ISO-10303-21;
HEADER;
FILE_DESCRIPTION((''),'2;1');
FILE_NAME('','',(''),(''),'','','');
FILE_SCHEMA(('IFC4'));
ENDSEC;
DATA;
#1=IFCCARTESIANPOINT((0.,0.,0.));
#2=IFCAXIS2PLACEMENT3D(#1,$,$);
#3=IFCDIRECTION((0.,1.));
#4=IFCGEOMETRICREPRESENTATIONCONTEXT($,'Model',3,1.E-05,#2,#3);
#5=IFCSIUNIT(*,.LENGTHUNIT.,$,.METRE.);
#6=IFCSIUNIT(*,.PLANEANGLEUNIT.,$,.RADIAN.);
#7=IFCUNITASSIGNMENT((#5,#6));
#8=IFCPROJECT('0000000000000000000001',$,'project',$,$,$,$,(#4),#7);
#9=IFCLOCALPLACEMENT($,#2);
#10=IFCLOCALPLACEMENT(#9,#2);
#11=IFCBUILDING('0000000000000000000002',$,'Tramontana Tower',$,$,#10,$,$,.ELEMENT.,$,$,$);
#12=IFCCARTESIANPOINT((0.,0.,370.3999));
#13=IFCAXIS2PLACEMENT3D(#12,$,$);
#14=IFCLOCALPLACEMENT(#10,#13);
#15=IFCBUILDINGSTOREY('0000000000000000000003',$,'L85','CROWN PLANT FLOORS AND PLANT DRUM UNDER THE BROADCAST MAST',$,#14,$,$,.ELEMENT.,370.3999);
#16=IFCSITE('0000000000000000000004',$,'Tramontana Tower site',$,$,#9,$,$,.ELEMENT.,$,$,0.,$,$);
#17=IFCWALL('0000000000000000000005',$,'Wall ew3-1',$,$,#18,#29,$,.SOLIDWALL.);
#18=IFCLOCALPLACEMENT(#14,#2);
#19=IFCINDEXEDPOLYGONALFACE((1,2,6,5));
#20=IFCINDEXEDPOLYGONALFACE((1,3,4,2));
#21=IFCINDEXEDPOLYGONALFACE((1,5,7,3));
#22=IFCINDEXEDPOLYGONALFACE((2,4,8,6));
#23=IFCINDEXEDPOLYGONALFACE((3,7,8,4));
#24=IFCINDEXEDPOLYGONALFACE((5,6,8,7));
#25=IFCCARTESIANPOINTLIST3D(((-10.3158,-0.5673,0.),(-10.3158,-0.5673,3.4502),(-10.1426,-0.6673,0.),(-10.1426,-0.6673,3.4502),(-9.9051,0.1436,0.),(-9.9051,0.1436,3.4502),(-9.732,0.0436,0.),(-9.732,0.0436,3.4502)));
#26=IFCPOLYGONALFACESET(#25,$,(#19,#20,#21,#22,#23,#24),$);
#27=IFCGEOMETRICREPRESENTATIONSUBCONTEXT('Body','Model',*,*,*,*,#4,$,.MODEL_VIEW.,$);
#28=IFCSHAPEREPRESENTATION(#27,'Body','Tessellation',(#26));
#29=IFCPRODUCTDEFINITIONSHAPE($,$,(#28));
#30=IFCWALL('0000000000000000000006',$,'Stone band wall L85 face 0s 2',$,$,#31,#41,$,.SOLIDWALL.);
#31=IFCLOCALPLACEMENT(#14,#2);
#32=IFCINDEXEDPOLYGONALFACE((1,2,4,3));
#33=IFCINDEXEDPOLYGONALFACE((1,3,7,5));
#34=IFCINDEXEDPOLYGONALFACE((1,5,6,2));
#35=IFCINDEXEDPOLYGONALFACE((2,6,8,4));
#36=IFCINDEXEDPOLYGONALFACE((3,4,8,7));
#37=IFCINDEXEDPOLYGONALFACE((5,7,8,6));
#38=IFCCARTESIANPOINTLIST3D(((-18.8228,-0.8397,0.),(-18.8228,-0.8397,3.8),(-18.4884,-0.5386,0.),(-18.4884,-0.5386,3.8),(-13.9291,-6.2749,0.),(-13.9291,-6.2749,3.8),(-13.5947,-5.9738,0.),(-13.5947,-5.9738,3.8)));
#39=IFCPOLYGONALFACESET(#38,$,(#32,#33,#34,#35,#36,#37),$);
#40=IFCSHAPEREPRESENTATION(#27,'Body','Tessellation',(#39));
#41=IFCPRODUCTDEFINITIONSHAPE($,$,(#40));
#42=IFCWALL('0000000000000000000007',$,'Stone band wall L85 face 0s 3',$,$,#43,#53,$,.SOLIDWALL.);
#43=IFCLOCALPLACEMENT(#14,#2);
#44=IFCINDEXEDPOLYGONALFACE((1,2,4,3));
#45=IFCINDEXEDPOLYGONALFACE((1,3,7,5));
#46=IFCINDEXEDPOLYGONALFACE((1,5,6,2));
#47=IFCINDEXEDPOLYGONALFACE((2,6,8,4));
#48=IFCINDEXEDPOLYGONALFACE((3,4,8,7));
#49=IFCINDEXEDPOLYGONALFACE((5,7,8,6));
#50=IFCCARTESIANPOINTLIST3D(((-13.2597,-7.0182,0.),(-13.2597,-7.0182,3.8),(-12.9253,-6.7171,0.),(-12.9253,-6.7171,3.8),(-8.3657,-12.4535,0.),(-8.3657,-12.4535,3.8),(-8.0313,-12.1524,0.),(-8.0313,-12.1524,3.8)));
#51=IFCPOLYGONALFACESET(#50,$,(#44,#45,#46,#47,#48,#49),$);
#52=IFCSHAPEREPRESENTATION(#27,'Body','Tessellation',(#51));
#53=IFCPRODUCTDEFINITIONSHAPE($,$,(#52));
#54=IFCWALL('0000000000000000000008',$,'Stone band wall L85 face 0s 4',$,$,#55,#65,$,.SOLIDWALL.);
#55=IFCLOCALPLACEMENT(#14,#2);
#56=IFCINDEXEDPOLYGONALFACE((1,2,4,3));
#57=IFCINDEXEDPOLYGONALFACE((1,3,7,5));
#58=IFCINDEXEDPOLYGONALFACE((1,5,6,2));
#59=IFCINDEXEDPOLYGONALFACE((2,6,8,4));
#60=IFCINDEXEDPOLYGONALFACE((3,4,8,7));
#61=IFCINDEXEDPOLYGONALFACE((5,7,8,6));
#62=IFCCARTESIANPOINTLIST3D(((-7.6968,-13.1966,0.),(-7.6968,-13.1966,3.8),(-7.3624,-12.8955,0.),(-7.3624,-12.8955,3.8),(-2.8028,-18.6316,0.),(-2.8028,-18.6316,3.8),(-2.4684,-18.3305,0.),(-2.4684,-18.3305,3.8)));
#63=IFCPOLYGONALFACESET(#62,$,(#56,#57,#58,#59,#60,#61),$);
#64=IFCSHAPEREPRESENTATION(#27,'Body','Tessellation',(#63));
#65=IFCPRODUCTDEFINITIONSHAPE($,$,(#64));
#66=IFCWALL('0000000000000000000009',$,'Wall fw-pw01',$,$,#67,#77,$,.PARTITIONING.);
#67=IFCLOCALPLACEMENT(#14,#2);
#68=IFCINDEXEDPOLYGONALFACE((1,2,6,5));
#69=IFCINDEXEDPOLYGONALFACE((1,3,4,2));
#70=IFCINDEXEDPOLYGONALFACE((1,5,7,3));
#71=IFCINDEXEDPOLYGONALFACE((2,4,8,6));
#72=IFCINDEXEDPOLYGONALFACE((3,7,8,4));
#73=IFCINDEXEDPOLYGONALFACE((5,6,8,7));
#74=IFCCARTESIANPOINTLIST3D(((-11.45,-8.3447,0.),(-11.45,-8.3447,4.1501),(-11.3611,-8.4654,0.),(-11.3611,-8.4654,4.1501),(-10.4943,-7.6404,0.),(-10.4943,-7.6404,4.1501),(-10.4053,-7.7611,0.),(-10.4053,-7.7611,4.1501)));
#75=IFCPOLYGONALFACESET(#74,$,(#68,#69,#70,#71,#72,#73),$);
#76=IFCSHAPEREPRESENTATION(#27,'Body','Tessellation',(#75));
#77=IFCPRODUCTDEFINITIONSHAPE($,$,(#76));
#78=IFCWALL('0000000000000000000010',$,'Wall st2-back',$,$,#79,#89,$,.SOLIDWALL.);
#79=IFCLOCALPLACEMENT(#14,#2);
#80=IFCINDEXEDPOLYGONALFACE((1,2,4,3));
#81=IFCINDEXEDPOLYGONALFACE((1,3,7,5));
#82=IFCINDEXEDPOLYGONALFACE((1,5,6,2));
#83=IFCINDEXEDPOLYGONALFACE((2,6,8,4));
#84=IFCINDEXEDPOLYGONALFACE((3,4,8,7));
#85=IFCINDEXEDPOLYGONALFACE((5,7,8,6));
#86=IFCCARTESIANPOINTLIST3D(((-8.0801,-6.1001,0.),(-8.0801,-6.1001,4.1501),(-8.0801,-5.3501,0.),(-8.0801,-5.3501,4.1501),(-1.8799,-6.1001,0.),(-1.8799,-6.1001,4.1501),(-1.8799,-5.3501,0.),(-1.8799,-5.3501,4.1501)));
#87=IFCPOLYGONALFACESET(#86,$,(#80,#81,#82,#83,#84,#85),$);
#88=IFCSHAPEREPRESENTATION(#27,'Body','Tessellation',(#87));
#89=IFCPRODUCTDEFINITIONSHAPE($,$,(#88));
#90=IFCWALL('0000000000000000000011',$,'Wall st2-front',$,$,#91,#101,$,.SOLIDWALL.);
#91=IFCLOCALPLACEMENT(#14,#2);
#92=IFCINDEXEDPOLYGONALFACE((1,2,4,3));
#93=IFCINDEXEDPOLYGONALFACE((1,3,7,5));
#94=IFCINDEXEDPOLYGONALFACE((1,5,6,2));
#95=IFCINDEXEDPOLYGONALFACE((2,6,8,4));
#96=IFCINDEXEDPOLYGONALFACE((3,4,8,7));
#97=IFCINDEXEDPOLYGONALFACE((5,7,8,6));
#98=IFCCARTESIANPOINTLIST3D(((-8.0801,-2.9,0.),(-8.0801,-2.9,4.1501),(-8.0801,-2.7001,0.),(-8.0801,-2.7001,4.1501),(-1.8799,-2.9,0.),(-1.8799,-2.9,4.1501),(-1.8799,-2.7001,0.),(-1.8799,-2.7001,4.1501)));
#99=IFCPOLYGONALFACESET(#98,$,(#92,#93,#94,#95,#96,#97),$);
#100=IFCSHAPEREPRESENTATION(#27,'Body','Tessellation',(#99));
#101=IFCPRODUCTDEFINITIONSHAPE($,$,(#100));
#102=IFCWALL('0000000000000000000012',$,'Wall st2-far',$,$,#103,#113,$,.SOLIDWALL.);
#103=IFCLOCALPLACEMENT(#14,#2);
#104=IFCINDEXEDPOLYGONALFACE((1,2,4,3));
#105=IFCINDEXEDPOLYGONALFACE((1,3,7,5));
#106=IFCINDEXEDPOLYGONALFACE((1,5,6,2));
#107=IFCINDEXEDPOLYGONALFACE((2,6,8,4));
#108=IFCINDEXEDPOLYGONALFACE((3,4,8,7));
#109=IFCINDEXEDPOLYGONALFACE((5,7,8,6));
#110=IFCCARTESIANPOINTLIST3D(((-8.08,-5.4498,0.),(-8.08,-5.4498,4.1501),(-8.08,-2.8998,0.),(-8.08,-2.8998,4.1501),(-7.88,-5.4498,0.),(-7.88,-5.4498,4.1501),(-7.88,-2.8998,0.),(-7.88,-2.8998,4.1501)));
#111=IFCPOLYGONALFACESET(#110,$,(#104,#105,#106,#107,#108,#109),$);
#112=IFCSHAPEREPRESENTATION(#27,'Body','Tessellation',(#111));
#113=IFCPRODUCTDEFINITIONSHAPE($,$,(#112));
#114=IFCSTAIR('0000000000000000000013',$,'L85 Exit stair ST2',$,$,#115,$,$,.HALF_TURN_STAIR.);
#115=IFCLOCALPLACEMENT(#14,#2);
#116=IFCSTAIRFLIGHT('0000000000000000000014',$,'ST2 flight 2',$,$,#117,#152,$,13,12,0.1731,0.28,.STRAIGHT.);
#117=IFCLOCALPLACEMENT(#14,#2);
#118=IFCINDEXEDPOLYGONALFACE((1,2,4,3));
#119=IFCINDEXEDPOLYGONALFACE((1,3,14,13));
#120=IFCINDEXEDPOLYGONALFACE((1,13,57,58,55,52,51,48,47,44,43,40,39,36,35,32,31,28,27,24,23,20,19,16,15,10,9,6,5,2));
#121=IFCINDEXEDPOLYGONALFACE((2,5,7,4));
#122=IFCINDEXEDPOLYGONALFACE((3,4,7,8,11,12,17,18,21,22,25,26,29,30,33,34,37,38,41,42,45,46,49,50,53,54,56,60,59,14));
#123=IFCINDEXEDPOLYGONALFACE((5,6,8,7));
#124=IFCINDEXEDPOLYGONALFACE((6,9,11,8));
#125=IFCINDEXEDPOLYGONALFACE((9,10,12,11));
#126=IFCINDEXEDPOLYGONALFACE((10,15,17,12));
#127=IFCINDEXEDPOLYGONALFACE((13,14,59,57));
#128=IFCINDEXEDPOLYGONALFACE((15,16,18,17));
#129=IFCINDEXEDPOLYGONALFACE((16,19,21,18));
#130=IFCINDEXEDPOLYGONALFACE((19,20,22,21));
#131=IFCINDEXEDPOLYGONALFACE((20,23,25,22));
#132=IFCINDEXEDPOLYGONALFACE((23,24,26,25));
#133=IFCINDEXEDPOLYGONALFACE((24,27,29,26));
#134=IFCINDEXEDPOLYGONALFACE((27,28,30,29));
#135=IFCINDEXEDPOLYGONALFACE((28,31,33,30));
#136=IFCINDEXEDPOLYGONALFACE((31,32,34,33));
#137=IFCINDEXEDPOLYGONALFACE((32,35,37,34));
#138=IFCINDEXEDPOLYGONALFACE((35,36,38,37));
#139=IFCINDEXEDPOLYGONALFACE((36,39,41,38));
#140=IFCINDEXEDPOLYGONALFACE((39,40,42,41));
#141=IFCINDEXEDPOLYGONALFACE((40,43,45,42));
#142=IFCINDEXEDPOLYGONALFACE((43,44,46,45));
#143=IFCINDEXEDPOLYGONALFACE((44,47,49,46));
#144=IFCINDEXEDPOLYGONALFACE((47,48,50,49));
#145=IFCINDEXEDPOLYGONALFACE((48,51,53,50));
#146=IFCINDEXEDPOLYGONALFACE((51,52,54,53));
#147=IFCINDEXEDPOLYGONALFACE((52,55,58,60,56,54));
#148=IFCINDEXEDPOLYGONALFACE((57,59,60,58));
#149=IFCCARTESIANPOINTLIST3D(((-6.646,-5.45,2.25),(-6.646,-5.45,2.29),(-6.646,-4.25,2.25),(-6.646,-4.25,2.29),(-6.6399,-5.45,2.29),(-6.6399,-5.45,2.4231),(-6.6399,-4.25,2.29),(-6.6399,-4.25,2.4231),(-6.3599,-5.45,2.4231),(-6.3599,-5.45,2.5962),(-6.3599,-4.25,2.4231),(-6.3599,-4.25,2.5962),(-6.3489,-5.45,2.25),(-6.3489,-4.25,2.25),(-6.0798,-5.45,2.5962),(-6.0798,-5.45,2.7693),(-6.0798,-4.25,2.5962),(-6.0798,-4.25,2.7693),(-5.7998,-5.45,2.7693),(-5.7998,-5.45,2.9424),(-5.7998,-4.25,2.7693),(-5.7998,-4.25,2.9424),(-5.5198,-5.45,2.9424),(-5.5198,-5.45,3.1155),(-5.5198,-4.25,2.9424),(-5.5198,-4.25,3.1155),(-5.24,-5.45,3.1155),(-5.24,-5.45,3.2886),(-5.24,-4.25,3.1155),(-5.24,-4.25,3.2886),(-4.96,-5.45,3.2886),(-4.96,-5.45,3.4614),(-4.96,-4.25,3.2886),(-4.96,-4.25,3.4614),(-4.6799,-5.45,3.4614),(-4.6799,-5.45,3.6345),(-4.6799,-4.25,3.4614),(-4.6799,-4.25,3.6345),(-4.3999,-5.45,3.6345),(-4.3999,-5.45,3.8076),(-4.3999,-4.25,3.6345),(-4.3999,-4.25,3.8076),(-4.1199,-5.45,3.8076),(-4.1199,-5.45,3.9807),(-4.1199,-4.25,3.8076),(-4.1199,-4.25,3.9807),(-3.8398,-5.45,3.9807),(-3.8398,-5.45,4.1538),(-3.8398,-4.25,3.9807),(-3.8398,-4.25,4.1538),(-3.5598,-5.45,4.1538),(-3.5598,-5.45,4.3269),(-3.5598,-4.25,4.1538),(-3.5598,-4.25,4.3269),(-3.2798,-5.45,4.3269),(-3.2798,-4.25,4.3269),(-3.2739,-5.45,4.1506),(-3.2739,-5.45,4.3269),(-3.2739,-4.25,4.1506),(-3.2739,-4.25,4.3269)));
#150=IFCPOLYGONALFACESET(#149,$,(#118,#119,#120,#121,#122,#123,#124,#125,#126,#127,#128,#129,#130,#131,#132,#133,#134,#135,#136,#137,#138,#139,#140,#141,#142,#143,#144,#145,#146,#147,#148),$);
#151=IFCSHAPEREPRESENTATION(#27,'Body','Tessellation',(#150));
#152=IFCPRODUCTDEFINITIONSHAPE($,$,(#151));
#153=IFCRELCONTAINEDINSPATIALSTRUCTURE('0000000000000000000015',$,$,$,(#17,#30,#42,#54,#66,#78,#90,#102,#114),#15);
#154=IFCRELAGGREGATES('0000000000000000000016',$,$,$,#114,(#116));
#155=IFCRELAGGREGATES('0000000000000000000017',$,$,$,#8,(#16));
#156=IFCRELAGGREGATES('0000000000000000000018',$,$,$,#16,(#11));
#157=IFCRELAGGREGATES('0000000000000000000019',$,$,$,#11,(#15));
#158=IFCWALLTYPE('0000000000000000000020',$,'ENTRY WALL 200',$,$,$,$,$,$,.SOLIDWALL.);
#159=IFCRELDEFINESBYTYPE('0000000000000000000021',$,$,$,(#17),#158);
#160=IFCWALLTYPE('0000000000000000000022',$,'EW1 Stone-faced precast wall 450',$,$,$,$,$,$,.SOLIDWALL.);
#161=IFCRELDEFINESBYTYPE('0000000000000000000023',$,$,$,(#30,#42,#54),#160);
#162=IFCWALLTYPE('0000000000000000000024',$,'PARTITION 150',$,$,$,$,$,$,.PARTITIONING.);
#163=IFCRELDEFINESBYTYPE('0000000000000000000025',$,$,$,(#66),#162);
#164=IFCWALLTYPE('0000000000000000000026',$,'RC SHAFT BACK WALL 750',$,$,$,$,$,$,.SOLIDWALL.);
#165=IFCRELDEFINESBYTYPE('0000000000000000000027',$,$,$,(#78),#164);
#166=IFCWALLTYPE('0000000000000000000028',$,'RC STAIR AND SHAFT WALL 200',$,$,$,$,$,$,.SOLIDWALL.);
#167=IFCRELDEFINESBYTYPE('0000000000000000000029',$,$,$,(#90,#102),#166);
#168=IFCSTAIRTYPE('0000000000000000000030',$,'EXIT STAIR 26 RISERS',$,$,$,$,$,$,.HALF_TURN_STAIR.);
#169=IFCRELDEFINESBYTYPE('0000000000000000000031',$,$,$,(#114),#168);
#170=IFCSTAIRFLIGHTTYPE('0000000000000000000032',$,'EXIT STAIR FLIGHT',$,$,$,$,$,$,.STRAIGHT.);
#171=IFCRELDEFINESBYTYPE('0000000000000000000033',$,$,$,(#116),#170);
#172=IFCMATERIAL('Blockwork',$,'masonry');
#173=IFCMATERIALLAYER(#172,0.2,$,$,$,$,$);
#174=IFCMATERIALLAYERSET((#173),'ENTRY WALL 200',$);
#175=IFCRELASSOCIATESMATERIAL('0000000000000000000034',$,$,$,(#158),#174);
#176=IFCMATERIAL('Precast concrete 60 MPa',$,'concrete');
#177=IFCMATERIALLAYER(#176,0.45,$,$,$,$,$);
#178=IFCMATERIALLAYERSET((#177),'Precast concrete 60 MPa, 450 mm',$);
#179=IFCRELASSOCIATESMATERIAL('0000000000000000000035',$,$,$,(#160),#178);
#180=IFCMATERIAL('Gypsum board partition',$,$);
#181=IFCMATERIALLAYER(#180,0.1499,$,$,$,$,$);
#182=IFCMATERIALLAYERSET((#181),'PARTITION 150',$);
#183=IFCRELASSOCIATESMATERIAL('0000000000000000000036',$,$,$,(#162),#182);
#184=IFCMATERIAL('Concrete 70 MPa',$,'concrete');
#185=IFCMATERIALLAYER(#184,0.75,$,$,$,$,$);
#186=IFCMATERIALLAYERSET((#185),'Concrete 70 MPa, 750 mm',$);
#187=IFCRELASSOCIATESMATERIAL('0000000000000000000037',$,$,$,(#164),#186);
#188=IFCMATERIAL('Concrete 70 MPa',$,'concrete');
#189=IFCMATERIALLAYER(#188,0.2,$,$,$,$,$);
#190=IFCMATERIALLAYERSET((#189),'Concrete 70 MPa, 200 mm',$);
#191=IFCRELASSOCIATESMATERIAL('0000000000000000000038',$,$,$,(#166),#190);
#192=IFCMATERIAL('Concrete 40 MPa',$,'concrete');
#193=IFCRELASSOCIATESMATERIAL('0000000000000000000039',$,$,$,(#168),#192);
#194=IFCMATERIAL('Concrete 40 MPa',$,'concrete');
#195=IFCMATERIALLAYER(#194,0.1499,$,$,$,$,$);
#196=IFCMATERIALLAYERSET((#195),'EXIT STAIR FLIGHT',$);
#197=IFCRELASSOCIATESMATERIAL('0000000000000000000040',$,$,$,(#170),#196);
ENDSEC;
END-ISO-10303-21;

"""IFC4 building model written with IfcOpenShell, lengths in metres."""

from ifc_helpers import new_model, si_unit, direction, frame, frame_2d, origin, place, context, subcontext, project, spatial, polyline, rectangle, outline, extrude, material, layer, layer_set, type_object, element, aggregate, save


model = new_model("IFC4")

# Units and contexts
model_context = context("Model", 3, precision=1e-05, world=origin(), true_north=direction((0.0, 1.0)))
body_context = subcontext(model_context, "Body", "Model", "MODEL_VIEW")
ifc_project = project(units=[si_unit("LENGTHUNIT", "METRE"), si_unit("PLANEANGLEUNIT", "RADIAN")], contexts=[model_context])

# Site, building, storey
site_placement = place(None, origin())
site = spatial("IfcSite", under=ifc_project, at=site_placement, Name="Tramontana Tower site", CompositionType="ELEMENT", RefElevation=0.0)
building_placement = place(site_placement, origin())
building = spatial("IfcBuilding", under=site, at=building_placement, Name="Tramontana Tower", CompositionType="ELEMENT")
storey_placement = place(building_placement, frame((0.0, 0.0, 370.3999)))
storey = spatial("IfcBuildingStorey", under=building, at=storey_placement, Name="L85", Description="CROWN PLANT FLOORS AND PLANT DRUM UNDER THE BROADCAST MAST", CompositionType="ELEMENT", Elevation=370.3999)

# Shared definitions
ifc_material_1 = material(Name="Blockwork", Category="masonry")
ifc_layer_1 = layer(ifc_material_1, 0.2)
ifc_layer_set_1 = layer_set([ifc_layer_1], Name="ENTRY WALL 200")
wall_type_1 = type_object("IfcWallType", Name="ENTRY WALL 200", PredefinedType="SOLIDWALL", material=ifc_layer_set_1)

# Walls
wall_1_placement = place(storey_placement, frame((-10.2292, -0.6174, 0.0), z_axis=(0.0, 0.0, 1.0), x_axis=(0.500169, 0.865928, 0.0)))
element("IfcWall", 1, at=wall_1_placement, inside=storey, type_object=wall_type_1, Name="Wall ew3-1", PredefinedType="SOLIDWALL", context=body_context, shape_type="SweptSolid", body=[
    extrude(rectangle(XDim=0.821, YDim=0.2, at=frame_2d((0.4106, 0.0))), origin(), (0.0, 0.0, 1.0), 3.4502),
])
ifc_material_2 = material(Name="Precast concrete 60 MPa", Category="concrete")
ifc_layer_2 = layer(ifc_material_2, 0.45)
ifc_layer_set_2 = layer_set([ifc_layer_2], Name="Precast concrete 60 MPa, 450 mm")
wall_type_2 = type_object("IfcWallType", Name="EW1 Stone-faced precast wall 450", PredefinedType="SOLIDWALL", material=ifc_layer_set_2)
wall_2_placement = place(storey_placement, frame((-18.6555, -0.6892, 0.0), z_axis=(0.0, 0.0, 1.0), x_axis=(0.669118, -0.743156, 0.0)))
element("IfcWall", 2, at=wall_2_placement, inside=storey, type_object=wall_type_2, Name="Stone band wall L85 face 0s 2", PredefinedType="SOLIDWALL", context=body_context, shape_type="SweptSolid", body=[
    extrude(rectangle(XDim=7.3137, YDim=0.45, at=frame_2d((3.6567, 0.0))), origin(), (0.0, 0.0, 1.0), 3.8),
])
wall_3_placement = place(storey_placement, frame((-13.0925, -6.8677, 0.0), z_axis=(0.0, 0.0, 1.0), x_axis=(0.669136, -0.74314, 0.0)))
element("IfcWall", 3, at=wall_3_placement, inside=storey, type_object=wall_type_2, Name="Stone band wall L85 face 0s 3", PredefinedType="SOLIDWALL", context=body_context, shape_type="SweptSolid", body=[
    extrude(rectangle(XDim=7.314, YDim=0.45, at=frame_2d((3.657, 0.0))), origin(), (0.0, 0.0, 1.0), 3.8),
])
wall_4_placement = place(storey_placement, frame((-7.5295, -13.0461, 0.0), z_axis=(0.0, 0.0, 1.0), x_axis=(0.669153, -0.743125, 0.0)))
element("IfcWall", 4, at=wall_4_placement, inside=storey, type_object=wall_type_2, Name="Stone band wall L85 face 0s 4", PredefinedType="SOLIDWALL", context=body_context, shape_type="SweptSolid", body=[
    extrude(rectangle(XDim=7.3137, YDim=0.45, at=frame_2d((3.6567, 0.0))), origin(), (0.0, 0.0, 1.0), 3.8),
])
ifc_material_3 = material(Name="Gypsum board partition")
ifc_layer_3 = layer(ifc_material_3, 0.1499)
ifc_layer_set_3 = layer_set([ifc_layer_3], Name="PARTITION 150")
wall_type_3 = type_object("IfcWallType", Name="PARTITION 150", PredefinedType="PARTITIONING", material=ifc_layer_set_3)
wall_5_placement = place(storey_placement, frame((-10.4497, -7.7007, 0.0), z_axis=(0.0, 0.0, 1.0), x_axis=(-0.80503, -0.593234, 0.0)))
element("IfcWall", 5, at=wall_5_placement, inside=storey, type_object=wall_type_3, Name="Wall fw-pw01", PredefinedType="PARTITIONING", context=body_context, shape_type="SweptSolid", body=[
    extrude(rectangle(XDim=1.1873, YDim=0.1499, at=frame_2d((0.5938, 0.0))), origin(), (0.0, 0.0, 1.0), 4.1501),
])
ifc_material_4 = material(Name="Concrete 70 MPa", Category="concrete")
ifc_layer_4 = layer(ifc_material_4, 0.75)
ifc_layer_set_4 = layer_set([ifc_layer_4], Name="Concrete 70 MPa, 750 mm")
wall_type_4 = type_object("IfcWallType", Name="RC SHAFT BACK WALL 750", PredefinedType="SOLIDWALL", material=ifc_layer_set_4)
wall_6_placement = place(storey_placement, frame((-8.0801, -5.7251, 0.0), z_axis=(0.0, 0.0, 1.0), x_axis=(1.0, 0.0, 0.0)))
element("IfcWall", 6, at=wall_6_placement, inside=storey, type_object=wall_type_4, Name="Wall st2-back", PredefinedType="SOLIDWALL", context=body_context, shape_type="SweptSolid", body=[
    extrude(rectangle(XDim=6.2002, YDim=0.75, at=frame_2d((3.1001, 0.0))), origin(), (0.0, 0.0, 1.0), 4.1501),
])
ifc_material_5 = material(Name="Concrete 70 MPa", Category="concrete")
ifc_layer_5 = layer(ifc_material_5, 0.2)
ifc_layer_set_5 = layer_set([ifc_layer_5], Name="Concrete 70 MPa, 200 mm")
wall_type_5 = type_object("IfcWallType", Name="RC STAIR AND SHAFT WALL 200", PredefinedType="SOLIDWALL", material=ifc_layer_set_5)
wall_7_placement = place(storey_placement, frame((-8.0801, -2.8, 0.0), z_axis=(0.0, 0.0, 1.0), x_axis=(1.0, 0.0, 0.0)))
element("IfcWall", 7, at=wall_7_placement, inside=storey, type_object=wall_type_5, Name="Wall st2-front", PredefinedType="SOLIDWALL", context=body_context, shape_type="SweptSolid", body=[
    extrude(rectangle(XDim=6.2002, YDim=0.2, at=frame_2d((3.1001, 0.0))), origin(), (0.0, 0.0, 1.0), 4.1501),
])
wall_8_placement = place(storey_placement, frame((-7.98, -2.8999, 0.0), z_axis=(0.0, 0.0, 1.0), x_axis=(0.0, -1.0, 0.0)))
element("IfcWall", 8, at=wall_8_placement, inside=storey, type_object=wall_type_5, Name="Wall st2-far", PredefinedType="SOLIDWALL", context=body_context, shape_type="SweptSolid", body=[
    extrude(rectangle(XDim=2.55, YDim=0.2, at=frame_2d((1.2749, 0.0))), origin(), (0.0, 0.0, 1.0), 4.1501),
])

# Stair, stair flight
ifc_material_6 = material(Name="Concrete 40 MPa", Category="concrete")
stair_type = type_object("IfcStairType", Name="EXIT STAIR 26 RISERS", PredefinedType="HALF_TURN_STAIR", material=ifc_material_6)
stair_placement = place(storey_placement, origin())
stair = element("IfcStair", 9, at=stair_placement, inside=storey, type_object=stair_type, Name="L85 Exit stair ST2", PredefinedType="HALF_TURN_STAIR")
ifc_material_7 = material(Name="Concrete 40 MPa", Category="concrete")
ifc_layer_6 = layer(ifc_material_7, 0.1499)
ifc_layer_set_6 = layer_set([ifc_layer_6], Name="EXIT STAIR FLIGHT")
stair_flight_type = type_object("IfcStairFlightType", Name="EXIT STAIR FLIGHT", PredefinedType="STRAIGHT", material=ifc_layer_set_6)
stair_flight_placement = place(storey_placement, frame((-6.6399, -4.8501, 2.25), z_axis=(0.0, 0.0, 1.0), x_axis=(1.0, 0.0, 0.0)))
stair_flight = element("IfcStairFlight", 10, at=stair_flight_placement, type_object=stair_flight_type, Name="ST2 flight 2", NumberOfRisers=13, NumberOfTreads=12, PredefinedType="STRAIGHT", RiserHeight=0.1731, TreadLength=0.28, context=body_context, shape_type="SweptSolid", body=[
    extrude(outline(polyline([(-0.0061, 0.0), (-0.0061, 0.04), (0.0, 0.04), (0.0, 0.1731), (0.28, 0.1731), (0.28, 0.3462), (0.5601, 0.3462), (0.5601, 0.5193), (0.8401, 0.5193), (0.8401, 0.6924), (1.1201, 0.6924), (1.1201, 0.8655), (1.3999, 0.8655), (1.3999, 1.0386), (1.6799, 1.0386), (1.6799, 1.2114), (1.96, 1.2114), (1.96, 1.3845), (2.24, 1.3845), (2.24, 1.5576), (2.52, 1.5576), (2.52, 1.7307), (2.8, 1.7307), (2.8, 1.9038), (3.0801, 1.9038), (3.0801, 2.0769), (3.3601, 2.0769), (3.366, 2.0769), (3.366, 1.9006), (0.291, 0.0), (-0.0061, 0.0)])), frame((0.0, 0.6001, 0.0), z_axis=(0.0, -1.0, 0.0), x_axis=(1.0, 0.0, 0.0)), (0.0, 0.0, 1.0), 1.2),
])
aggregate(stair, [stair_flight])

save(model, "model.ifc")
